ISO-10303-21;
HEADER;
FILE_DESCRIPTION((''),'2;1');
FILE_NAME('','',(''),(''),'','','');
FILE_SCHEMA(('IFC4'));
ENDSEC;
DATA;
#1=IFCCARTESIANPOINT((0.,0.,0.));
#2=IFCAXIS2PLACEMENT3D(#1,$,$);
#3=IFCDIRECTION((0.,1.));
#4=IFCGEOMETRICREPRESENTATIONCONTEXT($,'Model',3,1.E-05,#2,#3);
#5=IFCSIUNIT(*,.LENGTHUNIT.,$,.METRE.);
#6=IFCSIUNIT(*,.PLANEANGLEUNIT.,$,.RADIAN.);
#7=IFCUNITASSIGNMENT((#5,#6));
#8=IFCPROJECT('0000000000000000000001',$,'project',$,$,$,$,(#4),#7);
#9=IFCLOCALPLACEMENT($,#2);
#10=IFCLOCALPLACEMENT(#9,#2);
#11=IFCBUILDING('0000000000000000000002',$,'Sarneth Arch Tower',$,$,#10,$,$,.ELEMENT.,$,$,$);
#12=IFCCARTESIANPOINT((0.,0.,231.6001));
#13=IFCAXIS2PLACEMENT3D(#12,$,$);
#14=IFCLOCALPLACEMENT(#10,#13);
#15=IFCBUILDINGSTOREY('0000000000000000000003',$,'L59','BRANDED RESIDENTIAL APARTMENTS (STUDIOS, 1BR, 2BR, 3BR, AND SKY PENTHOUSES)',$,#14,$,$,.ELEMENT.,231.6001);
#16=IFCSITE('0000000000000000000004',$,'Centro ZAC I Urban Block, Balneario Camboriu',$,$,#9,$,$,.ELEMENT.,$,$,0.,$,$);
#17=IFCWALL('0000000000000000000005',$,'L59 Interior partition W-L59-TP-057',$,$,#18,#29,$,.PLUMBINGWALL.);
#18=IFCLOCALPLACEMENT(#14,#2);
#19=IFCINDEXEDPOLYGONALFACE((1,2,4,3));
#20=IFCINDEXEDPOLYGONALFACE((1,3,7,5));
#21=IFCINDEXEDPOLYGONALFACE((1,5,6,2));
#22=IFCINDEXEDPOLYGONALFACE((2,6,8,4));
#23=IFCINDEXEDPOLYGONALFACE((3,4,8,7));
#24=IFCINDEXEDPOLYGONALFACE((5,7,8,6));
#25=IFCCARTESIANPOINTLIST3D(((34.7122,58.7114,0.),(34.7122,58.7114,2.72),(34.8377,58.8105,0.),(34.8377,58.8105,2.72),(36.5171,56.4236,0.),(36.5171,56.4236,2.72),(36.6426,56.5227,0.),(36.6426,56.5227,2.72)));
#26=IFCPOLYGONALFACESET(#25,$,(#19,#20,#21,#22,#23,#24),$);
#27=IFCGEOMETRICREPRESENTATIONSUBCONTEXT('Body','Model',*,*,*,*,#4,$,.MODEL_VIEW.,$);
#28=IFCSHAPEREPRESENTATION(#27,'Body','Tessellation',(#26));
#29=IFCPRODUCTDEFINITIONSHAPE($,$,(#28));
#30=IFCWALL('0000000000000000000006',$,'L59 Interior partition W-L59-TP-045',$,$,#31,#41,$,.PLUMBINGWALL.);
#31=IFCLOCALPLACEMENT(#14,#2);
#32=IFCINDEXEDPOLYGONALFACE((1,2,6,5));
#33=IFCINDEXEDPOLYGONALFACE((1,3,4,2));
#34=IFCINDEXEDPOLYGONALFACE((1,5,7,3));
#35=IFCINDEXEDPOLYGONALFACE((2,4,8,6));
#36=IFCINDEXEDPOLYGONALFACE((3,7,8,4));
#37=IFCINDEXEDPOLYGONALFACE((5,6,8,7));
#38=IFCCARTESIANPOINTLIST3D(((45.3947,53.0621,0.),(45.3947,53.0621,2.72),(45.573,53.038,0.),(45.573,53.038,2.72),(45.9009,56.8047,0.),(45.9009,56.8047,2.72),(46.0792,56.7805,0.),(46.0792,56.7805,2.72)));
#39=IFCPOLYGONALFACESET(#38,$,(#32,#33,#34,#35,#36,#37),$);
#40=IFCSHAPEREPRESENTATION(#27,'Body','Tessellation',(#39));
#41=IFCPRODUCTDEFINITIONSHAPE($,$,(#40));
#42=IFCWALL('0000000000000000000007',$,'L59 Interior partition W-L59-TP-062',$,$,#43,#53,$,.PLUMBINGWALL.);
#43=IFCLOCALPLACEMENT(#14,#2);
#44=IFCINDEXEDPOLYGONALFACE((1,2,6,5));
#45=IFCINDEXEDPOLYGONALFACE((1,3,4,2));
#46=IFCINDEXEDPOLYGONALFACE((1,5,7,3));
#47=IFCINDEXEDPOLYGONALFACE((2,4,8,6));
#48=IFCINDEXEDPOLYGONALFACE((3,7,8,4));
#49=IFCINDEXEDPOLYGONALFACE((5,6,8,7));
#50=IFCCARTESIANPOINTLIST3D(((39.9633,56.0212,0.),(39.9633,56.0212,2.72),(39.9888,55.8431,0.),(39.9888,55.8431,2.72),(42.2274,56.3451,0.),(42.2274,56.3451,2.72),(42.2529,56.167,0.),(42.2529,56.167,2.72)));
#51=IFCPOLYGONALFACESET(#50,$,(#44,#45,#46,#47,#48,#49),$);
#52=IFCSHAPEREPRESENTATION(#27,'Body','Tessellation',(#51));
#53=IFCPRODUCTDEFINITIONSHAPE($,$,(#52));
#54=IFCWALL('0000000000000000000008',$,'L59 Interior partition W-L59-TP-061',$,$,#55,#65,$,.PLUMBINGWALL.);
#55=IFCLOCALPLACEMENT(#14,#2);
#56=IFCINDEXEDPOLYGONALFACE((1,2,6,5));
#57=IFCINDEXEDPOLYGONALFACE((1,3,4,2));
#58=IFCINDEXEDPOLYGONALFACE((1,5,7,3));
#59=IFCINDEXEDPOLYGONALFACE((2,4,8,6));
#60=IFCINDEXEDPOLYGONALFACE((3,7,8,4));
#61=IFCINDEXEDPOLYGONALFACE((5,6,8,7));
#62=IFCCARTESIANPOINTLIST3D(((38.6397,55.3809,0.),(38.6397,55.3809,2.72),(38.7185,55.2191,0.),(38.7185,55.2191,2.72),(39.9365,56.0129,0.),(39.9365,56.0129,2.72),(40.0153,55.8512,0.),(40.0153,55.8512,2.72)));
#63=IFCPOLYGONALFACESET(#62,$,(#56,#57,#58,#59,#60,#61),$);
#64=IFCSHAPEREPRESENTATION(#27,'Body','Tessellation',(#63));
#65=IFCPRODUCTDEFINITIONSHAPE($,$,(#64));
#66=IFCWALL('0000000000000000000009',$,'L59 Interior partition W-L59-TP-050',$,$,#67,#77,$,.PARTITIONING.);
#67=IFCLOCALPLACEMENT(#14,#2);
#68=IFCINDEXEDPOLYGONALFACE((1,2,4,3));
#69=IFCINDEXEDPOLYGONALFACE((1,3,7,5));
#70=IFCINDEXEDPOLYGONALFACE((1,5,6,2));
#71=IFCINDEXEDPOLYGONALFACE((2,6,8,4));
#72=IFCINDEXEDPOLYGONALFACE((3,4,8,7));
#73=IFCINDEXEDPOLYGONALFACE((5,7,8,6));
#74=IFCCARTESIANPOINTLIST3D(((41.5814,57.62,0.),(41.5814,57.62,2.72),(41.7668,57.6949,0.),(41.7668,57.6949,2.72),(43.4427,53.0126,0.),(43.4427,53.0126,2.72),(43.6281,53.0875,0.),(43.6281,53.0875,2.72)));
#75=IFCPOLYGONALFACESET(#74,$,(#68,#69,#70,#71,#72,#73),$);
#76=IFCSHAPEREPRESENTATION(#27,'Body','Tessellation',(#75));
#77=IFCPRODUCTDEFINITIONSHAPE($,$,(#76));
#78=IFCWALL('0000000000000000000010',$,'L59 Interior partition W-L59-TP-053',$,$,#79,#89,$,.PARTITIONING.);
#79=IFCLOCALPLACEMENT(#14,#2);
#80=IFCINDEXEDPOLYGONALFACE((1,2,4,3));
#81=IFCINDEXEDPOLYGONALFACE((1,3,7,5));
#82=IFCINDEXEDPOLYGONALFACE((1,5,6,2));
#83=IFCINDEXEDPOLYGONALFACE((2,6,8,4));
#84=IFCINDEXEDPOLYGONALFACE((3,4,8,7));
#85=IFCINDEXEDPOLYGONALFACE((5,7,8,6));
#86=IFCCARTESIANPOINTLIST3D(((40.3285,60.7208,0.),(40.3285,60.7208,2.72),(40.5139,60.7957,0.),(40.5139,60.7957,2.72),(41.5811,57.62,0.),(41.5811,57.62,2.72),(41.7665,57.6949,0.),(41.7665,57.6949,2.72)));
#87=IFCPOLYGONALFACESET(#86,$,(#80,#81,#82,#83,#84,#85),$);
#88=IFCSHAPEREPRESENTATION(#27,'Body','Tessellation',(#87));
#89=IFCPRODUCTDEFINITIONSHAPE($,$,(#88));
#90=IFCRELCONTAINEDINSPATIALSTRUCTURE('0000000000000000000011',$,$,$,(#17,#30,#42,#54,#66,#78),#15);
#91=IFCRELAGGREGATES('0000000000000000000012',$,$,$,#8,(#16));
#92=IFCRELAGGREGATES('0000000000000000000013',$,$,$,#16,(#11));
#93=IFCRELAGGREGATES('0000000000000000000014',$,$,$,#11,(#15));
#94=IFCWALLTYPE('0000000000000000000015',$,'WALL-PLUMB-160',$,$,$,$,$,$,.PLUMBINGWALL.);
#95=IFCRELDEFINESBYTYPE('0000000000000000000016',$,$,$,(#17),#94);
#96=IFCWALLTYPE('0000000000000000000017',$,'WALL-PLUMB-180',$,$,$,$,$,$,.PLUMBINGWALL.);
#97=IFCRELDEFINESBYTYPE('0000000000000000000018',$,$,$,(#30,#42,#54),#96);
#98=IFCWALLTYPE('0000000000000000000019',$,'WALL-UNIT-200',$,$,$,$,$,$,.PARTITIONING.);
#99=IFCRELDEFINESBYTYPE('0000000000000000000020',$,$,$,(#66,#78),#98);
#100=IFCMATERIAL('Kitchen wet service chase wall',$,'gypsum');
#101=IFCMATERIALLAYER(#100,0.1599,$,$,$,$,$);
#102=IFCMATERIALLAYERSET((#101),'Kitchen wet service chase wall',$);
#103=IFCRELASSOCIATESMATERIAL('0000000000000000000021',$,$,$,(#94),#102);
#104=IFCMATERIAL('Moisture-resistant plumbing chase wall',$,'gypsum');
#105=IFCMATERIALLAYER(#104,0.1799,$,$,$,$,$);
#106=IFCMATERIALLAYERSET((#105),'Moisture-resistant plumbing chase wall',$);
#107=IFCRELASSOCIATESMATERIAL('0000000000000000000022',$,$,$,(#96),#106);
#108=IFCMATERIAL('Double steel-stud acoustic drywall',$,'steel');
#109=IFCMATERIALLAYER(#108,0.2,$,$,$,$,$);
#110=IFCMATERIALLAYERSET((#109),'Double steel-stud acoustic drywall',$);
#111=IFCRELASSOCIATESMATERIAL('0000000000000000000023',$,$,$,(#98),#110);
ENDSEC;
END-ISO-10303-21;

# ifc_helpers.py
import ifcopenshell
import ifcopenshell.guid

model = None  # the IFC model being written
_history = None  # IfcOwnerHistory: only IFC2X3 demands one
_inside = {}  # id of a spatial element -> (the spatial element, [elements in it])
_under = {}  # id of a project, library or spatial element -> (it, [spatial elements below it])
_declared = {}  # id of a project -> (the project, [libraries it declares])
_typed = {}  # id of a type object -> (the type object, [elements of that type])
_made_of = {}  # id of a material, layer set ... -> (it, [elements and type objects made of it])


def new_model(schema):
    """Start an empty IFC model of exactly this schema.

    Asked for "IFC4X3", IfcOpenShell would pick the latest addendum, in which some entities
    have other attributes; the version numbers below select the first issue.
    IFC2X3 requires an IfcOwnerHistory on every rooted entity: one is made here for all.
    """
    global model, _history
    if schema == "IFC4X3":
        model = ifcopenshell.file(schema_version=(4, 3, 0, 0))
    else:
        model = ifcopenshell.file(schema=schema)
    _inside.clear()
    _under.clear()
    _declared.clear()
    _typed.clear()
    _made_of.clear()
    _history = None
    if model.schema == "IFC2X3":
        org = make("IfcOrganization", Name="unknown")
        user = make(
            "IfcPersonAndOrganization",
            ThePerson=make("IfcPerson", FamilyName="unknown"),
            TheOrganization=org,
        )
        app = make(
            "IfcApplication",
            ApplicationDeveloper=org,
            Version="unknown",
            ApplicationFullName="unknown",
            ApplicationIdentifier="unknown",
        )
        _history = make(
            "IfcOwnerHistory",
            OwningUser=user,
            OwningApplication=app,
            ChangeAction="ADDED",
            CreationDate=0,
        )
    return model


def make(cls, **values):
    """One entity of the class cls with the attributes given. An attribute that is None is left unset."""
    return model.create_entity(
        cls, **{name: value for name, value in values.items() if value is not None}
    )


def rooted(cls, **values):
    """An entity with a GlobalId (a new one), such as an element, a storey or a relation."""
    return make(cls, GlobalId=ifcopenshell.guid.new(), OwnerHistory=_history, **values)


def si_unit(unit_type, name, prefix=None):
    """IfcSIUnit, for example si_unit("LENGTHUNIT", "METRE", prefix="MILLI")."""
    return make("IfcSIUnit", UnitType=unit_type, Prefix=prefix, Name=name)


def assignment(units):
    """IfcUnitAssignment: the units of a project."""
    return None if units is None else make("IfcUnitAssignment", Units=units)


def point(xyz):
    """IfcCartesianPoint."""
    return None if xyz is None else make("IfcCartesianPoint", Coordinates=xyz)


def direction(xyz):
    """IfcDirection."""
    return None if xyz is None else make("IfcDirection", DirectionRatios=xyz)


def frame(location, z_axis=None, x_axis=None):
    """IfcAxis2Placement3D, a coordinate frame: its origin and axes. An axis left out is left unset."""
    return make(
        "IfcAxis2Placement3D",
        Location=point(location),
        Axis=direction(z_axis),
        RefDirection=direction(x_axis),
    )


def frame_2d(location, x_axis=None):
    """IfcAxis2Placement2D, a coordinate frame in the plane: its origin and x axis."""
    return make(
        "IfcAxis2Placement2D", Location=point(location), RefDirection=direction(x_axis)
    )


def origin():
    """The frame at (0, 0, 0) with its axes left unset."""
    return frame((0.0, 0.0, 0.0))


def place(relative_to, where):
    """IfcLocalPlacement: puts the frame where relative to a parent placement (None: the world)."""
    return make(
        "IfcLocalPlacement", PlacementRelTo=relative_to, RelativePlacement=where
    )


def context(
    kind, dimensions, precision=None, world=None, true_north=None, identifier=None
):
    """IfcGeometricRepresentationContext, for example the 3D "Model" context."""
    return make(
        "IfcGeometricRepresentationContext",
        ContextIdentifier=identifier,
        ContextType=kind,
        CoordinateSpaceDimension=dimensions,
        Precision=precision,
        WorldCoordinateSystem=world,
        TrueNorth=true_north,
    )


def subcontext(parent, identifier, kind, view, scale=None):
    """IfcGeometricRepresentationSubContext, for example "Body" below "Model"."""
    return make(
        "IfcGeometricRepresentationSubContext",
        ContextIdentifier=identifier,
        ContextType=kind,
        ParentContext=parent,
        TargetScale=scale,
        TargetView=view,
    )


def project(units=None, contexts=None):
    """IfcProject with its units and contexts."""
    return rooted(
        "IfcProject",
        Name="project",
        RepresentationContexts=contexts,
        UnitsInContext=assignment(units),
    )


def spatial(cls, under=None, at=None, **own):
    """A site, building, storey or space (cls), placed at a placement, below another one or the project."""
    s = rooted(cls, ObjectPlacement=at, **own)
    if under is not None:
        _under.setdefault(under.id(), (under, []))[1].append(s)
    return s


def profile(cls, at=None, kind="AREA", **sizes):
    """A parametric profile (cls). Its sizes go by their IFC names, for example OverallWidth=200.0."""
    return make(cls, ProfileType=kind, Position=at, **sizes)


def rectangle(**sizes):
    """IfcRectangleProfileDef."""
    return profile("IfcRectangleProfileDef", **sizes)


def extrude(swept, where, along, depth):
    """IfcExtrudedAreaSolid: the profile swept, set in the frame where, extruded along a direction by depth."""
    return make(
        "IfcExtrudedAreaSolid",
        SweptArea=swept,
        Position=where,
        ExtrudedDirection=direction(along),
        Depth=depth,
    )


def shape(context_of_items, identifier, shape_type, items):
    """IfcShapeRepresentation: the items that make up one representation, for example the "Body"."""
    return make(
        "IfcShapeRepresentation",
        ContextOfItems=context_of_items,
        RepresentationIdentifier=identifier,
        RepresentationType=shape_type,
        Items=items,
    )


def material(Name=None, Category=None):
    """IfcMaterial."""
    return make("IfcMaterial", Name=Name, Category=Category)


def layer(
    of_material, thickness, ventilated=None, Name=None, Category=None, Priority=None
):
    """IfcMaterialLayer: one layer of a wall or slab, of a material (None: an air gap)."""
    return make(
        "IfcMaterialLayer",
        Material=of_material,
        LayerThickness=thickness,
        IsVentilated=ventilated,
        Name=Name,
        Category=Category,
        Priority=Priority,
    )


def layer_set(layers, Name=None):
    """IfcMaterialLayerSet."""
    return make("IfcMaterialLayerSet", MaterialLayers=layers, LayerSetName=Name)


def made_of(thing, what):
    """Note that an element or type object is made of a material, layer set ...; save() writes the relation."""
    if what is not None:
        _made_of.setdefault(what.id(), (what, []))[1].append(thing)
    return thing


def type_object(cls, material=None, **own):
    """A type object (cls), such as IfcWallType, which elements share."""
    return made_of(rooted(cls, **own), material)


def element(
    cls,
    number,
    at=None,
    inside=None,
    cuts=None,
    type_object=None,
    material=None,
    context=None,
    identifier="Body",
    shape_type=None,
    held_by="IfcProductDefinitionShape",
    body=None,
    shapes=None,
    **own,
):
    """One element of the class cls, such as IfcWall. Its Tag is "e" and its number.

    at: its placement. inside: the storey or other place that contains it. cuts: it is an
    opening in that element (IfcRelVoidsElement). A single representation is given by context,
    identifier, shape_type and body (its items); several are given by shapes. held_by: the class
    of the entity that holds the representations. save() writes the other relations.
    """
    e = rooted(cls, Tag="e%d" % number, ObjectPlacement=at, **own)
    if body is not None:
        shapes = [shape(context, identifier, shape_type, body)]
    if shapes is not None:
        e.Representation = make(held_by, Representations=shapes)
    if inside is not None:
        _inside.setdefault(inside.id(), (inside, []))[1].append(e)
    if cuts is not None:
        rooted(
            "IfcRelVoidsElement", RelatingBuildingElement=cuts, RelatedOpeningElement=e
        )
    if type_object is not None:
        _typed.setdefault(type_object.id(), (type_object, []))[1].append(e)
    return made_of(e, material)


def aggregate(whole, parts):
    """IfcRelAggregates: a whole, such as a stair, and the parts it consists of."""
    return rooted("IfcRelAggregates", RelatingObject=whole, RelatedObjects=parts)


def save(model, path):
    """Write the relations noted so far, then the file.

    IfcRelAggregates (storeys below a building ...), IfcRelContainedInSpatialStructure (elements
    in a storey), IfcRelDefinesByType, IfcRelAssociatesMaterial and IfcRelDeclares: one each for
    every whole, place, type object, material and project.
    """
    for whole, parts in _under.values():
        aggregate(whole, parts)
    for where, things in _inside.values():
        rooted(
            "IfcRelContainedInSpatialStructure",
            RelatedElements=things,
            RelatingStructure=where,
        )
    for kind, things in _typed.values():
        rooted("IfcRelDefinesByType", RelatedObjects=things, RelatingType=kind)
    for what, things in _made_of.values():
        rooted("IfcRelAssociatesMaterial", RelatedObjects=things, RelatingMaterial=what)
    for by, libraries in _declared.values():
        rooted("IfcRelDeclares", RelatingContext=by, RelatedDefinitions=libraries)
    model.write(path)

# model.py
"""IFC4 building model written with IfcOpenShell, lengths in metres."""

from ifc_helpers import new_model, si_unit, direction, frame, frame_2d, origin, place, context, subcontext, project, spatial, rectangle, extrude, material, layer, layer_set, type_object, element, save


model = new_model("IFC4")

# Units and contexts
model_context = context("Model", 3, precision=1e-05, world=origin(), true_north=direction((0.0, 1.0)))
body_context = subcontext(model_context, "Body", "Model", "MODEL_VIEW")
ifc_project = project(units=[si_unit("LENGTHUNIT", "METRE"), si_unit("PLANEANGLEUNIT", "RADIAN")], contexts=[model_context])

# Site, building, storey
site_placement = place(None, origin())
site = spatial("IfcSite", under=ifc_project, at=site_placement, Name="Centro ZAC I Urban Block, Balneario Camboriu", CompositionType="ELEMENT", RefElevation=0.0)
building_placement = place(site_placement, origin())
building = spatial("IfcBuilding", under=site, at=building_placement, Name="Sarneth Arch Tower", CompositionType="ELEMENT")
storey_placement = place(building_placement, frame((0.0, 0.0, 231.6001)))
storey = spatial("IfcBuildingStorey", under=building, at=storey_placement, Name="L59", Description="BRANDED RESIDENTIAL APARTMENTS (STUDIOS, 1BR, 2BR, 3BR, AND SKY PENTHOUSES)", CompositionType="ELEMENT", Elevation=231.6001)

# Walls
ifc_material_1 = material(Name="Kitchen wet service chase wall", Category="gypsum")
ifc_layer_1 = layer(ifc_material_1, 0.1599)
ifc_layer_set_1 = layer_set([ifc_layer_1], Name="Kitchen wet service chase wall")
wall_type_1 = type_object("IfcWallType", Name="WALL-PLUMB-160", PredefinedType="PLUMBINGWALL", material=ifc_layer_set_1)
wall_1_placement = place(storey_placement, frame((36.5798, 56.4731, 0.0), z_axis=(0.0, 0.0, 1.0), x_axis=(-0.619378, 0.785093, 0.0)))
element("IfcWall", 1, at=wall_1_placement, inside=storey, type_object=wall_type_1, Name="L59 Interior partition W-L59-TP-057", PredefinedType="PLUMBINGWALL", context=body_context, shape_type="SweptSolid", body=[
    extrude(rectangle(XDim=2.9141, YDim=0.1599, at=frame_2d((1.457, 0.0))), origin(), (0.0, 0.0, 1.0), 2.72),
])
ifc_material_2 = material(Name="Moisture-resistant plumbing chase wall", Category="gypsum")
ifc_layer_2 = layer(ifc_material_2, 0.1799)
ifc_layer_set_2 = layer_set([ifc_layer_2], Name="Moisture-resistant plumbing chase wall")
wall_type_2 = type_object("IfcWallType", Name="WALL-PLUMB-180", PredefinedType="PLUMBINGWALL", material=ifc_layer_set_2)
wall_2_placement = place(storey_placement, frame((45.99, 56.7925, 0.0), z_axis=(0.0, 0.0, 1.0), x_axis=(-0.134014, -0.990979, 0.0)))
element("IfcWall", 2, at=wall_2_placement, inside=storey, type_object=wall_type_2, Name="L59 Interior partition W-L59-TP-045", PredefinedType="PLUMBINGWALL", context=body_context, shape_type="SweptSolid", body=[
    extrude(rectangle(XDim=3.7766, YDim=0.1799, at=frame_2d((1.8882, 0.0))), origin(), (0.0, 0.0, 1.0), 2.72),
])
wall_3_placement = place(storey_placement, frame((39.9761, 55.9321, 0.0), z_axis=(0.0, 0.0, 1.0), x_axis=(0.989917, 0.141646, 0.0)))
element("IfcWall", 3, at=wall_3_placement, inside=storey, type_object=wall_type_2, Name="L59 Interior partition W-L59-TP-062", PredefinedType="PLUMBINGWALL", context=body_context, shape_type="SweptSolid", body=[
    extrude(rectangle(XDim=2.2871, YDim=0.1799, at=frame_2d((1.1436, 0.0))), origin(), (0.0, 0.0, 1.0), 2.72),
])
wall_4_placement = place(storey_placement, frame((38.6792, 55.3, 0.0), z_axis=(0.0, 0.0, 1.0), x_axis=(0.898916, 0.43812, 0.0)))
element("IfcWall", 4, at=wall_4_placement, inside=storey, type_object=wall_type_2, Name="L59 Interior partition W-L59-TP-061", PredefinedType="PLUMBINGWALL", context=body_context, shape_type="SweptSolid", body=[
    extrude(rectangle(XDim=1.4426, YDim=0.1799, at=frame_2d((0.7212, 0.0))), origin(), (0.0, 0.0, 1.0), 2.72),
])
ifc_material_3 = material(Name="Double steel-stud acoustic drywall", Category="steel")
ifc_layer_3 = layer(ifc_material_3, 0.2)
ifc_layer_set_3 = layer_set([ifc_layer_3], Name="Double steel-stud acoustic drywall")
wall_type_3 = type_object("IfcWallType", Name="WALL-UNIT-200", PredefinedType="PARTITIONING", material=ifc_layer_set_3)
wall_5_placement = place(storey_placement, frame((41.6741, 57.6575, 0.0), z_axis=(0.0, 0.0, 1.0), x_axis=(0.374574, -0.927197, 0.0)))
element("IfcWall", 5, at=wall_5_placement, inside=storey, type_object=wall_type_3, Name="L59 Interior partition W-L59-TP-050", PredefinedType="PARTITIONING", context=body_context, shape_type="SweptSolid", body=[
    extrude(rectangle(XDim=4.9692, YDim=0.2, at=frame_2d((2.4846, 0.0))), origin(), (0.0, 0.0, 1.0), 2.72),
])
wall_6_placement = place(storey_placement, frame((41.6738, 57.6575, 0.0), z_axis=(0.0, 0.0, 1.0), x_axis=(-0.374573, 0.927197, 0.0)))
element("IfcWall", 6, at=wall_6_placement, inside=storey, type_object=wall_type_3, Name="L59 Interior partition W-L59-TP-053", PredefinedType="PARTITIONING", context=body_context, shape_type="SweptSolid", body=[
    extrude(rectangle(XDim=3.3442, YDim=0.2, at=frame_2d((1.6721, 0.0))), origin(), (0.0, 0.0, 1.0), 2.72),
])

save(model, "model.ifc")
